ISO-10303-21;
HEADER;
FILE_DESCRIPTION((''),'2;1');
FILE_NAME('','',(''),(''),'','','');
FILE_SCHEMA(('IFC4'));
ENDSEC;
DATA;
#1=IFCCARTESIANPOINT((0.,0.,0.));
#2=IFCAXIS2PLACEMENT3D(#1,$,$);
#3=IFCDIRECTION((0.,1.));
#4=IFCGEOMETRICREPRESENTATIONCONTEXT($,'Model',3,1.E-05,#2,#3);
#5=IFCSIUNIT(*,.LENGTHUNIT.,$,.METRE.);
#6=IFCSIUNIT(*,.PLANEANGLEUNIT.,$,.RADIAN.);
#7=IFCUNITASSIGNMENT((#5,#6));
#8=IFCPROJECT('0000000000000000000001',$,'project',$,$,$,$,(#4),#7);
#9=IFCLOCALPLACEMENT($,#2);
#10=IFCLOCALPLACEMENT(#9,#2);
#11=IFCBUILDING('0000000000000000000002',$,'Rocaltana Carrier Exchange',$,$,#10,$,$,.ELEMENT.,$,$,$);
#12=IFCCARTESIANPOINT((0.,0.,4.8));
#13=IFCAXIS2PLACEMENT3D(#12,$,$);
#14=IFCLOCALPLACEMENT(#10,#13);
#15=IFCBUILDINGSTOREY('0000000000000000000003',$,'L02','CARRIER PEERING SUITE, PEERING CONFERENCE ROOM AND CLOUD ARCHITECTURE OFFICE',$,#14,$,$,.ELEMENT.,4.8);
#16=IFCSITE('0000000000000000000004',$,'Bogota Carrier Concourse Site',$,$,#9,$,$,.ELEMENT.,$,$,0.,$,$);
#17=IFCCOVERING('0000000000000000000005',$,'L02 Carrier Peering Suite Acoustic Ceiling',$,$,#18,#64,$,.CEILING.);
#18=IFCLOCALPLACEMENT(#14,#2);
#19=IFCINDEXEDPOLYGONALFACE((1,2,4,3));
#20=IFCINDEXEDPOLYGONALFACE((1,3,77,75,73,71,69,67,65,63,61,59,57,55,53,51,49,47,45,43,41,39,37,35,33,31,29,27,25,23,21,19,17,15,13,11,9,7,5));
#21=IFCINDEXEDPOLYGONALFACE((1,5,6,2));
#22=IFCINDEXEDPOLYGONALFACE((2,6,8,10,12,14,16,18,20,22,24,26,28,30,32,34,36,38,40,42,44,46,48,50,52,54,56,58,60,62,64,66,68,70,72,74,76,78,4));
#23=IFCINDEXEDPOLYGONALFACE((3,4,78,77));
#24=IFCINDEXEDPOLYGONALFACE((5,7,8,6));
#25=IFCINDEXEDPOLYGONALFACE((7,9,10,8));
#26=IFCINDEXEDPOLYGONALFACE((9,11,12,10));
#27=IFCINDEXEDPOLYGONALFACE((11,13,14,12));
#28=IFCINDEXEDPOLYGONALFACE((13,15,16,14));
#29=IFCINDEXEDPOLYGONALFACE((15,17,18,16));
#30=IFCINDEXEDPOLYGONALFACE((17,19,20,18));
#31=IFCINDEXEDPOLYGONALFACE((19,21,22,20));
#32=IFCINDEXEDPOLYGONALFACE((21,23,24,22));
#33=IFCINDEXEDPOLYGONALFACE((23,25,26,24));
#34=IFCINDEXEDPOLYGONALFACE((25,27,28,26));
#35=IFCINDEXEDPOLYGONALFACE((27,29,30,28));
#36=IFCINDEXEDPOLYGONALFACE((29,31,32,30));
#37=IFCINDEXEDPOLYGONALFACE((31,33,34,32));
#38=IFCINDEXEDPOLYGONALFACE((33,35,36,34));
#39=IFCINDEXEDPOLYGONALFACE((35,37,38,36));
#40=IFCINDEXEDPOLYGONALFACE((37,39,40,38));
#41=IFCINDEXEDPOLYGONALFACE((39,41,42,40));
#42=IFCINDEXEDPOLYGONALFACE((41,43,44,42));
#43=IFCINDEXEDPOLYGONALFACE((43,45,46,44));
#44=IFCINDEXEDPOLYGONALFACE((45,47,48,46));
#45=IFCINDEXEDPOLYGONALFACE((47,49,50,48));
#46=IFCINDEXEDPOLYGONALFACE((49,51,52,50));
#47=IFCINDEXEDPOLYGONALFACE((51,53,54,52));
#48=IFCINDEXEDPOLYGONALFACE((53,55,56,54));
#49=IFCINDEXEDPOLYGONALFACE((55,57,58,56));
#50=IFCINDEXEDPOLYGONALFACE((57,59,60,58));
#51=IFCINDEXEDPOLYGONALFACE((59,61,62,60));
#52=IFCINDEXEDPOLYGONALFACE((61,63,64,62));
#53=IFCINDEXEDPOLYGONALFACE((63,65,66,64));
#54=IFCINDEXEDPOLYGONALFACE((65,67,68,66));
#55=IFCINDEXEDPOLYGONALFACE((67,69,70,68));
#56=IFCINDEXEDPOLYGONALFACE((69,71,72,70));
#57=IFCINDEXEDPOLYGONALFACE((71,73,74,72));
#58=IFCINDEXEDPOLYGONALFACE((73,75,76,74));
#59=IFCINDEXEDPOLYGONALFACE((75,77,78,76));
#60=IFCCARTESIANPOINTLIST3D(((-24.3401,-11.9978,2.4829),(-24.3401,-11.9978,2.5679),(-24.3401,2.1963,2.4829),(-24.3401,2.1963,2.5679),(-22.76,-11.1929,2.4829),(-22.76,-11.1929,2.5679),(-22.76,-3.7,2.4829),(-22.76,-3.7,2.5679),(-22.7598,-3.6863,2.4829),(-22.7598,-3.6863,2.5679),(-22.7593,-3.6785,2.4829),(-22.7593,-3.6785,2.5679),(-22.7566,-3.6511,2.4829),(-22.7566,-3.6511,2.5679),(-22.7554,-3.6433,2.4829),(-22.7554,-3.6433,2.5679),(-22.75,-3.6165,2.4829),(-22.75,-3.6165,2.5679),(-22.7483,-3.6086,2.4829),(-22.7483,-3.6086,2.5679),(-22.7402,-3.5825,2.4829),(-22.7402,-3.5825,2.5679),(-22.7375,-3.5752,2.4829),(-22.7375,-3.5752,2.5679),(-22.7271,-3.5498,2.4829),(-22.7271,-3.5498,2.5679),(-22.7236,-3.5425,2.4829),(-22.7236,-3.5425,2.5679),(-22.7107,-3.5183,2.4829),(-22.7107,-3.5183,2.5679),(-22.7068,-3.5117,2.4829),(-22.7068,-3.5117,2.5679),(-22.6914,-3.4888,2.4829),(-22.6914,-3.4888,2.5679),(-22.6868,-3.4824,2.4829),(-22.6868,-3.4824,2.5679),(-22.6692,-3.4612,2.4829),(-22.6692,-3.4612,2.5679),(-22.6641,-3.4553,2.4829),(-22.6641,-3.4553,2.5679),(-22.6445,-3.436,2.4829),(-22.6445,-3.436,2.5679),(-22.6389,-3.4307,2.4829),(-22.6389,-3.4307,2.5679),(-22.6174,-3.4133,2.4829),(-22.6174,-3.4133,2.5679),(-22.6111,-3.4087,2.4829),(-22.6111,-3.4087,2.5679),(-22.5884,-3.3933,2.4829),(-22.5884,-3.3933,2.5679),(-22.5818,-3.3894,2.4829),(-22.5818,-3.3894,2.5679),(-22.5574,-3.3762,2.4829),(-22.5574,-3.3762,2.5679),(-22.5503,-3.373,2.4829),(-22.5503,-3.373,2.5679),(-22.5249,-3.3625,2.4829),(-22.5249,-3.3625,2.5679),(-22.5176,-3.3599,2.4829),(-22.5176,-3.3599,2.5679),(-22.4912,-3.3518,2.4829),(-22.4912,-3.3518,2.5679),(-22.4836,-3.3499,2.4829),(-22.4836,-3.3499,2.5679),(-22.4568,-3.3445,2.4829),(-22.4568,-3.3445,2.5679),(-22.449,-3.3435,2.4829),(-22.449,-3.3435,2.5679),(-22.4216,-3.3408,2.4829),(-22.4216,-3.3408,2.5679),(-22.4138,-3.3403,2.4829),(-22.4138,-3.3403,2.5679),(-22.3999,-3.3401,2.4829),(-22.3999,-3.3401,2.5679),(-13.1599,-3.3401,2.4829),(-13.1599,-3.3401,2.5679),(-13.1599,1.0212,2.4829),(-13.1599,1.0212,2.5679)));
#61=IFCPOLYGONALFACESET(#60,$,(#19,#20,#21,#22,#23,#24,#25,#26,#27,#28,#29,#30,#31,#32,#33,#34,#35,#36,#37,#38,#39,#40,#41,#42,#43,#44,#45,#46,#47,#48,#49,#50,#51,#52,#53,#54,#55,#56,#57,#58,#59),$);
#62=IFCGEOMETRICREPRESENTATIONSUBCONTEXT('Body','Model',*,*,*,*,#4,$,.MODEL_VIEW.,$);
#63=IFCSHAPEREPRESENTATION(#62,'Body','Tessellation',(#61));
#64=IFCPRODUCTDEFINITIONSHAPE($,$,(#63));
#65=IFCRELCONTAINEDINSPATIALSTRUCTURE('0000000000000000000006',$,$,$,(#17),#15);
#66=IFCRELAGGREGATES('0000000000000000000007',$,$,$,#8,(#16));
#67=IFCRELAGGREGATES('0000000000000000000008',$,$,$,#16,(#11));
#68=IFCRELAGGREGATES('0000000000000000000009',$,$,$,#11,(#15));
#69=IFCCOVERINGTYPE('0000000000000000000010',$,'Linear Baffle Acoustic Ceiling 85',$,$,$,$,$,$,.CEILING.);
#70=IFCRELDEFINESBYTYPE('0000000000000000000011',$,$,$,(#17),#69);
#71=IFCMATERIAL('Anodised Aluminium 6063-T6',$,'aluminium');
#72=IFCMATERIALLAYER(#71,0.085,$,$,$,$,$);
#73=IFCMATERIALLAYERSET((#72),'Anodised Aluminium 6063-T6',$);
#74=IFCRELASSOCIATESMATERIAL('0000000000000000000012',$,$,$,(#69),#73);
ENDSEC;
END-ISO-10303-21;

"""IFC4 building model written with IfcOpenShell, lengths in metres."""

from ifc_helpers import new_model, si_unit, direction, frame, origin, place, context, subcontext, project, spatial, polyline, outline, extrude, material, layer, layer_set, type_object, element, save


model = new_model("IFC4")

# Units and contexts
model_context = context("Model", 3, precision=1e-05, world=origin(), true_north=direction((0.0, 1.0)))
body_context = subcontext(model_context, "Body", "Model", "MODEL_VIEW")
ifc_project = project(units=[si_unit("LENGTHUNIT", "METRE"), si_unit("PLANEANGLEUNIT", "RADIAN")], contexts=[model_context])

# Site, building, storey
site_placement = place(None, origin())
site = spatial("IfcSite", under=ifc_project, at=site_placement, Name="Bogota Carrier Concourse Site", CompositionType="ELEMENT", RefElevation=0.0)
building_placement = place(site_placement, origin())
building = spatial("IfcBuilding", under=site, at=building_placement, Name="Rocaltana Carrier Exchange", CompositionType="ELEMENT")
storey_placement = place(building_placement, frame((0.0, 0.0, 4.8)))
storey = spatial("IfcBuildingStorey", under=building, at=storey_placement, Name="L02", Description="CARRIER PEERING SUITE, PEERING CONFERENCE ROOM AND CLOUD ARCHITECTURE OFFICE", CompositionType="ELEMENT", Elevation=4.8)

# Covering
ifc_material_1 = material(Name="Anodised Aluminium 6063-T6", Category="aluminium")
ifc_layer_1 = layer(ifc_material_1, 0.085)
ifc_layer_set_1 = layer_set([ifc_layer_1], Name="Anodised Aluminium 6063-T6")
covering_type_1 = type_object("IfcCoveringType", Name="Linear Baffle Acoustic Ceiling 85", PredefinedType="CEILING", material=ifc_layer_set_1)
covering_1_placement = place(storey_placement, frame((0.0, 0.0, 2.4829)))
element("IfcCovering", 1, at=covering_1_placement, inside=storey, type_object=covering_type_1, Name="L02 Carrier Peering Suite Acoustic Ceiling", PredefinedType="CEILING", context=body_context, shape_type="SweptSolid", body=[
    extrude(outline(polyline([(-24.3401, 2.1963), (-13.1599, 1.0212), (-13.1599, -3.3401), (-22.3999, -3.3401), (-22.4138, -3.3403), (-22.4216, -3.3408), (-22.449, -3.3435), (-22.4568, -3.3445), (-22.4836, -3.3499), (-22.4912, -3.3518), (-22.5176, -3.3599), (-22.5249, -3.3625), (-22.5503, -3.373), (-22.5574, -3.3762), (-22.5818, -3.3894), (-22.5884, -3.3933), (-22.6111, -3.4087), (-22.6174, -3.4133), (-22.6389, -3.4307), (-22.6445, -3.436), (-22.6641, -3.4553), (-22.6692, -3.4612), (-22.6868, -3.4824), (-22.6914, -3.4888), (-22.7068, -3.5117), (-22.7107, -3.5183), (-22.7236, -3.5425), (-22.7271, -3.5498), (-22.7375, -3.5752), (-22.7402, -3.5825), (-22.7483, -3.6086), (-22.75, -3.6165), (-22.7554, -3.6433), (-22.7566, -3.6511), (-22.7593, -3.6785), (-22.7598, -3.6863), (-22.76, -3.7), (-22.76, -11.1929), (-24.3401, -11.9978), (-24.3401, 2.1963)])), origin(), (0.0, 0.0, 1.0), 0.085),
])

save(model, "model.ifc")
